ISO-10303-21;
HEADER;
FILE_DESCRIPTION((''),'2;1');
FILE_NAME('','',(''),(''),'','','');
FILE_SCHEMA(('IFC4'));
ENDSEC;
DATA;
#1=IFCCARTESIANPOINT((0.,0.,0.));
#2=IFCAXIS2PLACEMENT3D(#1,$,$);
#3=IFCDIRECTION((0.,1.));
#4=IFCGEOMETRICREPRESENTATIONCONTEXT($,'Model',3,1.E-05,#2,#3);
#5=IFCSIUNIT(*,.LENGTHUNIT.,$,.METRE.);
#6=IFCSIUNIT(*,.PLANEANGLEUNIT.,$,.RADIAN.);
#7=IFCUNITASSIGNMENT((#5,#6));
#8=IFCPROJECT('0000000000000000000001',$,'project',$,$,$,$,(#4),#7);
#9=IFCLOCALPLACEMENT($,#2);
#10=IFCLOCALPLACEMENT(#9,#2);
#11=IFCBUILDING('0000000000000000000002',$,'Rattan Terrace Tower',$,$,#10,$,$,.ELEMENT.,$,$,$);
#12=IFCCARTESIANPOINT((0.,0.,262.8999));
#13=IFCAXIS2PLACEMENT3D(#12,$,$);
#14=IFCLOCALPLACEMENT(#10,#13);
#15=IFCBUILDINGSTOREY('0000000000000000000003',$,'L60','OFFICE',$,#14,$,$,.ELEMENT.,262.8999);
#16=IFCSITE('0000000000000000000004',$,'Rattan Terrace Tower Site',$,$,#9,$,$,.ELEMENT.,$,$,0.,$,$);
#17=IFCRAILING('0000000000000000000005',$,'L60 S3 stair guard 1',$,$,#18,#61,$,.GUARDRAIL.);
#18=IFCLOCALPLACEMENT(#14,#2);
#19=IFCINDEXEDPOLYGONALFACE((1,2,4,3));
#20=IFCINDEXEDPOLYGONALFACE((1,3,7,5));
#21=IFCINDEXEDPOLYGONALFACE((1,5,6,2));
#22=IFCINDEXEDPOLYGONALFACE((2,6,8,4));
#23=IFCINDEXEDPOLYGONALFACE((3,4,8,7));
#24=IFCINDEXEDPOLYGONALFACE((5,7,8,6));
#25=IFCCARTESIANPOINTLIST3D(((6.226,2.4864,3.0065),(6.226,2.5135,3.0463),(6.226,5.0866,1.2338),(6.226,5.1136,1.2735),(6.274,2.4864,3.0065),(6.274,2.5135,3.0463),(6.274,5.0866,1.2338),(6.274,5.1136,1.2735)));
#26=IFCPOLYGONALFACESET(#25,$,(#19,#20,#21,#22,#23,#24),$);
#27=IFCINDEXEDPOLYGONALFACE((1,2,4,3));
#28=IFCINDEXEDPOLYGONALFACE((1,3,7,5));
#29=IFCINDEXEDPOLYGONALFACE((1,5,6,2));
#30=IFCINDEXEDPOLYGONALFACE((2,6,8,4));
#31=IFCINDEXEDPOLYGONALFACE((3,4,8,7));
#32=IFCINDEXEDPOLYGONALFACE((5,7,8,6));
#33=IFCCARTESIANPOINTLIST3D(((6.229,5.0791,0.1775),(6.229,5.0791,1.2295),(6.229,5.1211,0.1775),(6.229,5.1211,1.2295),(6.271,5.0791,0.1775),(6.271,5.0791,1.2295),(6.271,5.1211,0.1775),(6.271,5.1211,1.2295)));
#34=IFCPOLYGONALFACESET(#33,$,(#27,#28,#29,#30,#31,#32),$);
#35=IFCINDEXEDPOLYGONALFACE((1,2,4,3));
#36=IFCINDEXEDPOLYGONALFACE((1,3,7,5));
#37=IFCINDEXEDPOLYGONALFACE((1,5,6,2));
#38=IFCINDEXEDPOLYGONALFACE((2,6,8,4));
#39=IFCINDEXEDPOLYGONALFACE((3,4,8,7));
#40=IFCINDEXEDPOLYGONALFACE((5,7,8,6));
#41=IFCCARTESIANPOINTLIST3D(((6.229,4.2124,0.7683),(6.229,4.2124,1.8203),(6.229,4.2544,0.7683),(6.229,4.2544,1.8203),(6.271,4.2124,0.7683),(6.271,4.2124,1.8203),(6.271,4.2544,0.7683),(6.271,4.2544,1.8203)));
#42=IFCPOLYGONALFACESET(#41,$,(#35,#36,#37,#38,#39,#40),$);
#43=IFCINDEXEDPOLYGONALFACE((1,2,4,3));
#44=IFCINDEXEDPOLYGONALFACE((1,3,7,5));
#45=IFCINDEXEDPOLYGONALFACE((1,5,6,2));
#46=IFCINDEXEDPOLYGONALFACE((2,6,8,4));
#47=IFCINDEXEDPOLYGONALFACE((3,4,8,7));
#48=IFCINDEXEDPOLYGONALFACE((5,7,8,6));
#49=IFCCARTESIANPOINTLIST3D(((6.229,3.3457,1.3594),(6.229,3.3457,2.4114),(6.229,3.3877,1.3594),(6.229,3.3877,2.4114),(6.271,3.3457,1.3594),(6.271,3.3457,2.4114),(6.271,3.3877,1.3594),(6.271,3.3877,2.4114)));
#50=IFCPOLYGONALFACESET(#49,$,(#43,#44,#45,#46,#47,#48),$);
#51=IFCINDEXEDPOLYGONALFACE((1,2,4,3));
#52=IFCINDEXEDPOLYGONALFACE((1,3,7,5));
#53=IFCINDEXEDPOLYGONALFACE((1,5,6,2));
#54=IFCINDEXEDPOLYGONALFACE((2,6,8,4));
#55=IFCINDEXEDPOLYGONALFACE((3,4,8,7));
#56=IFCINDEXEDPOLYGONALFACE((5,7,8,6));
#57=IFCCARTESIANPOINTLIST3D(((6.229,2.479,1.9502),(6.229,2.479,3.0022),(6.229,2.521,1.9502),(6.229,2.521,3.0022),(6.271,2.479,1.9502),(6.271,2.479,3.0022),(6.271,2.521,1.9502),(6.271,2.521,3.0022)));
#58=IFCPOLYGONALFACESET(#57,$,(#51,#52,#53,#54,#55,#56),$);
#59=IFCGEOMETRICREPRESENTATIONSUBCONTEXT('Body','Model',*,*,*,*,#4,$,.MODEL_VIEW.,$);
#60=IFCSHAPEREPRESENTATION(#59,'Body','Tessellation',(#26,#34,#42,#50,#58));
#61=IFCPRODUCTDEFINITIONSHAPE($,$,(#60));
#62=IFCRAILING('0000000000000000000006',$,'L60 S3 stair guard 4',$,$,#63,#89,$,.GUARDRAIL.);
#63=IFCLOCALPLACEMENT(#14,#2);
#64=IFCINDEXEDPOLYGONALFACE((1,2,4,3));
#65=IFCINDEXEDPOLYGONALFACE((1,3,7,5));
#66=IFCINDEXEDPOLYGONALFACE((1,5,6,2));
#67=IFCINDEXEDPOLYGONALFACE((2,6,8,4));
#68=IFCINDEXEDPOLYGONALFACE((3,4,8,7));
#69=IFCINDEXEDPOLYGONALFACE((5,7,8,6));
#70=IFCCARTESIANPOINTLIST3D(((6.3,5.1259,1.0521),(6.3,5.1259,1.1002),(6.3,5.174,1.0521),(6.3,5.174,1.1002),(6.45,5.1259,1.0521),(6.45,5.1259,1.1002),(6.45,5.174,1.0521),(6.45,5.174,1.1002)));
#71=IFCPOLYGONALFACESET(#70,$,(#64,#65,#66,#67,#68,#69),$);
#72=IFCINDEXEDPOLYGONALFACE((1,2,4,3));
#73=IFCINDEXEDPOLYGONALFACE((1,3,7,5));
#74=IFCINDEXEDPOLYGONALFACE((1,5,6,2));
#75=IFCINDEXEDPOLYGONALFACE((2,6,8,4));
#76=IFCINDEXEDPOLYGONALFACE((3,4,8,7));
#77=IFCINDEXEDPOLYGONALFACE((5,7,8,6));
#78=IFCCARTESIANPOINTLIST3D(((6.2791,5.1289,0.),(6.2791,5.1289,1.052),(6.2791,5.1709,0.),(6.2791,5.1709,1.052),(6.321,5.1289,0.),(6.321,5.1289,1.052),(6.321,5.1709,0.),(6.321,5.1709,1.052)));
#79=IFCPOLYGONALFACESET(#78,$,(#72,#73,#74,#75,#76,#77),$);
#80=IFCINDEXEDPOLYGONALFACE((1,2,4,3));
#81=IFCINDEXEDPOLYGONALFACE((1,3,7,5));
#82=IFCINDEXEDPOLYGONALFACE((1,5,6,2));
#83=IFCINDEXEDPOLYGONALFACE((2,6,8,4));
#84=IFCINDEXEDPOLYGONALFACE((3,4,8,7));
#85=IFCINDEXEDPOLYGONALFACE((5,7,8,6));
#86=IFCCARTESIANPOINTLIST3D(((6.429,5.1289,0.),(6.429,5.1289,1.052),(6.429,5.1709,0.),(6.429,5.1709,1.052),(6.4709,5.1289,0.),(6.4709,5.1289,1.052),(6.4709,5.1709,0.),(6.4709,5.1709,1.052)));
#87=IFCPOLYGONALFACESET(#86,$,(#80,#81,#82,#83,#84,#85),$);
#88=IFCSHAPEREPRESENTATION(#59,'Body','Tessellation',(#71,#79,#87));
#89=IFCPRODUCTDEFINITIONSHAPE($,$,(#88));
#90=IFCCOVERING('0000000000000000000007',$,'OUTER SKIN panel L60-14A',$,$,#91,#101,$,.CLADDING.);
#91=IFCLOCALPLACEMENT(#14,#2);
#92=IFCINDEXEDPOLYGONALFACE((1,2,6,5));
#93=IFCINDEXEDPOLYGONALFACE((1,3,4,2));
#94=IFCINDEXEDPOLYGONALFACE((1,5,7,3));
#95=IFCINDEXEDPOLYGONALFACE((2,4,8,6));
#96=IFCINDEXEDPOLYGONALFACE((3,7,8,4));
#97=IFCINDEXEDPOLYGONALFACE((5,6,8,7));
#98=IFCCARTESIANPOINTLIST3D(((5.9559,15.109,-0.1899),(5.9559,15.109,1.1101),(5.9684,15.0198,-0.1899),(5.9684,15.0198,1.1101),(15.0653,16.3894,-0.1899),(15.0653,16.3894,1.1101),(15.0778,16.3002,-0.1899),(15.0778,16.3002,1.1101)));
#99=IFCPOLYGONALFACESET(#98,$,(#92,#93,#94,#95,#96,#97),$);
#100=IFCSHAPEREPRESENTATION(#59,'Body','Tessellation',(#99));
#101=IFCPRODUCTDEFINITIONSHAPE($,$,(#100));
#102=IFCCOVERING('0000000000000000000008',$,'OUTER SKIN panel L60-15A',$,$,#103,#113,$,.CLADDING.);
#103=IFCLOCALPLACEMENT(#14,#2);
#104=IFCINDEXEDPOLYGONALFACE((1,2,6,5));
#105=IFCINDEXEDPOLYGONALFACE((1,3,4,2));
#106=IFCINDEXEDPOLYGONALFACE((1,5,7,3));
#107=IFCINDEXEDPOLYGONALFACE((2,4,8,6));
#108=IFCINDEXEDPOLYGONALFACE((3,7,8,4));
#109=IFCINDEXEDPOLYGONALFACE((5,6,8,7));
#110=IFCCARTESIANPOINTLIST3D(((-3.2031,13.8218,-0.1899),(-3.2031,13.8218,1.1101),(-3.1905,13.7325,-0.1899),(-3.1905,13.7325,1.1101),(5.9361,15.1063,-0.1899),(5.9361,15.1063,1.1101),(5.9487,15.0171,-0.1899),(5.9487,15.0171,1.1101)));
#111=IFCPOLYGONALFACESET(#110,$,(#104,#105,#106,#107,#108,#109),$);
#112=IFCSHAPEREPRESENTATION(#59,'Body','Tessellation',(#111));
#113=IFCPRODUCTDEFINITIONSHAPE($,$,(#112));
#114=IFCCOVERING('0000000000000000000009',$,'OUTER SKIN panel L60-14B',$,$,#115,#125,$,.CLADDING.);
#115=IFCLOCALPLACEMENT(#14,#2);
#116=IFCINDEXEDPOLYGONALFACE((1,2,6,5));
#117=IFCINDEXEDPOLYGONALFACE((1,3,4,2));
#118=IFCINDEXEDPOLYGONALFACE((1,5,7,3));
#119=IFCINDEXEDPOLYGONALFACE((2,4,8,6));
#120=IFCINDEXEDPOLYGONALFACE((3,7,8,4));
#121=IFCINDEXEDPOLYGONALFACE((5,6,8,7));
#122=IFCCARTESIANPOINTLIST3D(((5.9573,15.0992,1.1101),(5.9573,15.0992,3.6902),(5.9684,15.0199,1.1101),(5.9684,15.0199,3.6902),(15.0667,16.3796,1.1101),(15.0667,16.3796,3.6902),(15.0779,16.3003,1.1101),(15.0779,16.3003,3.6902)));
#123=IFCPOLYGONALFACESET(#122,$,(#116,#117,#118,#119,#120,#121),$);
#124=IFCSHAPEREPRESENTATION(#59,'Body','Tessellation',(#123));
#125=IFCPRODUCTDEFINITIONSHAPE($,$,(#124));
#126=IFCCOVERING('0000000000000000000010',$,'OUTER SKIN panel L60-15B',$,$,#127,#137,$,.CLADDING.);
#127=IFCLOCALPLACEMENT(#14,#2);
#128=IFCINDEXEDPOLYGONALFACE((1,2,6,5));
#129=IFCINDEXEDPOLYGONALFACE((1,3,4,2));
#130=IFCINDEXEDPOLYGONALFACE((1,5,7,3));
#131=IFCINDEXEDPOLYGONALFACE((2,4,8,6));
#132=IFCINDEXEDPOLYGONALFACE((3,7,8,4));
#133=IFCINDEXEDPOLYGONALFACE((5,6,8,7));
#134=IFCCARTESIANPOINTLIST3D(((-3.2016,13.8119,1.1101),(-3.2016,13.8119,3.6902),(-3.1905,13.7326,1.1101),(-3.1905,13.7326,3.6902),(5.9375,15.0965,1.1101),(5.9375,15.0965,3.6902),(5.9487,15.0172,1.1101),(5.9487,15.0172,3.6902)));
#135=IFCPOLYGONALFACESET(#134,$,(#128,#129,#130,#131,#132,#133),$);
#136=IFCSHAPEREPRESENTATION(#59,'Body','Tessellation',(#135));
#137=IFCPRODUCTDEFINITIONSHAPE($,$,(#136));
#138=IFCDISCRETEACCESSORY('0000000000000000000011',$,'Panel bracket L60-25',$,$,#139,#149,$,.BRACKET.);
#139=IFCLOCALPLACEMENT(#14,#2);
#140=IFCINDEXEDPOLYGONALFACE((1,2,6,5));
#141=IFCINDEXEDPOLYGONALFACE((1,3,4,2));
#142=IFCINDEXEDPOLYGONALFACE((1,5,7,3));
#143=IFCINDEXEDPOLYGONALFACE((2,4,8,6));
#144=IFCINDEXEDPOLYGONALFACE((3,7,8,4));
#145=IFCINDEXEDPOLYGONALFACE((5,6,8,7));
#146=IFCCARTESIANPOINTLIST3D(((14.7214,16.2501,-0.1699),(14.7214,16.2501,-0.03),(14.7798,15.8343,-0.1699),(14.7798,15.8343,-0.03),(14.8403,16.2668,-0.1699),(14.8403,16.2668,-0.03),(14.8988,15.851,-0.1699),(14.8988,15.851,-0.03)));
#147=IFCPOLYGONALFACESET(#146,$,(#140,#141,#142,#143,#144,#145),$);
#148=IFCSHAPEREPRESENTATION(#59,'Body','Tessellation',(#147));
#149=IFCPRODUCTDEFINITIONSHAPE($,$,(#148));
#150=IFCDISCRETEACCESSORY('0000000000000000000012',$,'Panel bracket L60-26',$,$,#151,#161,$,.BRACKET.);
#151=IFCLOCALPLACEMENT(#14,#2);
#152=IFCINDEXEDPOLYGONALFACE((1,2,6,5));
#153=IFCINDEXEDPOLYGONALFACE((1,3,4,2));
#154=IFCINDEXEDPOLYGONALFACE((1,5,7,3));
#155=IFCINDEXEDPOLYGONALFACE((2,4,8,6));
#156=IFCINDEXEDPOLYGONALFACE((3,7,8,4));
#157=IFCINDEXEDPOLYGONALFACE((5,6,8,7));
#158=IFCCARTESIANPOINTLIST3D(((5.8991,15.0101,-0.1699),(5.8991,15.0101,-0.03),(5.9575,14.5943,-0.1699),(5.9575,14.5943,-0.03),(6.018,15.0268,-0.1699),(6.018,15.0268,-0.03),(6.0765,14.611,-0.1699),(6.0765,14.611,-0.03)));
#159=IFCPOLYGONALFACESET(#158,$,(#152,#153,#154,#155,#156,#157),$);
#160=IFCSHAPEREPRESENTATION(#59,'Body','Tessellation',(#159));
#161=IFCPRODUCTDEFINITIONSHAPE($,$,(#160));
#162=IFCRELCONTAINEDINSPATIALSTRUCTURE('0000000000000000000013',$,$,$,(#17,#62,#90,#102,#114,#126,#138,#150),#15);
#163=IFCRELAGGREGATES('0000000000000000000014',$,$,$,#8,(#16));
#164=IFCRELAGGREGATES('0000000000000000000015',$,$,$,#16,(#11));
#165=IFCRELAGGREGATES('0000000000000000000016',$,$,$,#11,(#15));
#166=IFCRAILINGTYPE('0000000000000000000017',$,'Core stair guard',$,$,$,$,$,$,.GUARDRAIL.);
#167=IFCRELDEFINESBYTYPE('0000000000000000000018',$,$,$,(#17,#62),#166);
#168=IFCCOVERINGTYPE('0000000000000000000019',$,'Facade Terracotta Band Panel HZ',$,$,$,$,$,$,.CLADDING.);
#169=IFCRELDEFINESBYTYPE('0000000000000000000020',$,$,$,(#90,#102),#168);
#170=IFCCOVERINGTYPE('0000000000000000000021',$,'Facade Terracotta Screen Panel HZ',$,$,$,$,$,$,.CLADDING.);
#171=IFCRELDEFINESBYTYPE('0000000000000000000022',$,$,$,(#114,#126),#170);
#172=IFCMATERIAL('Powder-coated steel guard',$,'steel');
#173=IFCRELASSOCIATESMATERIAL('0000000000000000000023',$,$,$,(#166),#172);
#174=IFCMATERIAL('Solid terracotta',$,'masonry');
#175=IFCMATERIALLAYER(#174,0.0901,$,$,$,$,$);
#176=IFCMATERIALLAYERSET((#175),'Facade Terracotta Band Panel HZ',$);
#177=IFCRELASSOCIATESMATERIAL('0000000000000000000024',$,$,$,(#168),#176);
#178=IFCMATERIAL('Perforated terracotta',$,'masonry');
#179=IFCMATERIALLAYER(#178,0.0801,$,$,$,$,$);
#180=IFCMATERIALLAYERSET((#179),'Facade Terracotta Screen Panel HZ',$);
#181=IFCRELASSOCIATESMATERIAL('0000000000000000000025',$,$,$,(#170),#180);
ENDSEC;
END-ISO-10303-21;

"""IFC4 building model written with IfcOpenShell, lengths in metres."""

from ifc_helpers import new_model, si_unit, direction, frame, origin, origin_2d, place, context, subcontext, project, spatial, rectangle, extrude, material, layer, layer_set, type_object, element, save


model = new_model("IFC4")

# Units and contexts
model_context = context("Model", 3, precision=1e-05, world=origin(), true_north=direction((0.0, 1.0)))
body_context = subcontext(model_context, "Body", "Model", "MODEL_VIEW")
ifc_project = project(units=[si_unit("LENGTHUNIT", "METRE"), si_unit("PLANEANGLEUNIT", "RADIAN")], contexts=[model_context])

# Site, building, storey
site_placement = place(None, origin())
site = spatial("IfcSite", under=ifc_project, at=site_placement, Name="Rattan Terrace Tower Site", CompositionType="ELEMENT", RefElevation=0.0)
building_placement = place(site_placement, origin())
building = spatial("IfcBuilding", under=site, at=building_placement, Name="Rattan Terrace Tower", CompositionType="ELEMENT")
storey_placement = place(building_placement, frame((0.0, 0.0, 262.8999)))
storey = spatial("IfcBuildingStorey", under=building, at=storey_placement, Name="L60", Description="OFFICE", CompositionType="ELEMENT", Elevation=262.8999)

# Railings
ifc_material_1 = material(Name="Powder-coated steel guard", Category="steel")
railing_type = type_object("IfcRailingType", Name="Core stair guard", PredefinedType="GUARDRAIL", material=ifc_material_1)
railing_1_placement = place(storey_placement, frame((6.25, 5.1001, 0.1775)))
element("IfcRailing", 1, at=railing_1_placement, inside=storey, type_object=railing_type, Name="L60 S3 stair guard 1", PredefinedType="GUARDRAIL", context=body_context, shape_type="SweptSolid", body=[
    extrude(rectangle(XDim=0.0481, YDim=0.0481, at=origin_2d()), frame((0.0, 0.0, 1.0762), z_axis=(0.0, -0.82624, 0.563318), x_axis=(1.0, 0.0, 0.0)), (0.0, 0.0, 1.0), 3.147),
    extrude(rectangle(XDim=0.042, YDim=0.042, at=origin_2d()), origin(), (0.0, 0.0, 1.0), 1.052),
    extrude(rectangle(XDim=0.042, YDim=0.042, at=origin_2d()), frame((0.0, -0.8667, 0.5908)), (0.0, 0.0, 1.0), 1.052),
    extrude(rectangle(XDim=0.042, YDim=0.042, at=origin_2d()), frame((0.0, -1.7334, 1.1819)), (0.0, 0.0, 1.0), 1.052),
    extrude(rectangle(XDim=0.042, YDim=0.042, at=origin_2d()), frame((0.0, -2.6001, 1.7727)), (0.0, 0.0, 1.0), 1.052),
])
railing_2_placement = place(storey_placement, frame((6.3, 5.1499, 0.0)))
element("IfcRailing", 2, at=railing_2_placement, inside=storey, type_object=railing_type, Name="L60 S3 stair guard 4", PredefinedType="GUARDRAIL", context=body_context, shape_type="SweptSolid", body=[
    extrude(rectangle(XDim=0.0481, YDim=0.0481, at=origin_2d()), frame((0.0, 0.0, 1.0762), z_axis=(1.0, 0.0, 0.0), x_axis=(0.0, 1.0, 0.0)), (0.0, 0.0, 1.0), 0.1499),
    extrude(rectangle(XDim=0.042, YDim=0.042, at=origin_2d()), origin(), (0.0, 0.0, 1.0), 1.052),
    extrude(rectangle(XDim=0.042, YDim=0.042, at=origin_2d()), frame((0.1499, 0.0, 0.0)), (0.0, 0.0, 1.0), 1.052),
])

# Coverings
ifc_material_2 = material(Name="Solid terracotta", Category="masonry")
ifc_layer_1 = layer(ifc_material_2, 0.0901)
ifc_layer_set_1 = layer_set([ifc_layer_1], Name="Facade Terracotta Band Panel HZ")
covering_type_1 = type_object("IfcCoveringType", Name="Facade Terracotta Band Panel HZ", PredefinedType="CLADDING", material=ifc_layer_set_1)
covering_1_placement = place(storey_placement, frame((10.5168, 15.7046, -0.1899), z_axis=(0.0, 0.0, 1.0), x_axis=(-0.990266, -0.139189, 0.0)))
element("IfcCovering", 3, at=covering_1_placement, inside=storey, type_object=covering_type_1, Name="OUTER SKIN panel L60-14A", PredefinedType="CLADDING", context=body_context, shape_type="SweptSolid", body=[
    extrude(rectangle(XDim=9.199, YDim=0.0901, at=origin_2d()), origin(), (0.0, 0.0, 1.0), 1.3),
])
covering_2_placement = place(storey_placement, frame((1.3728, 14.4194, -0.1899), z_axis=(0.0, 0.0, 1.0), x_axis=(-0.990266, -0.139189, 0.0)))
element("IfcCovering", 4, at=covering_2_placement, inside=storey, type_object=covering_type_1, Name="OUTER SKIN panel L60-15A", PredefinedType="CLADDING", context=body_context, shape_type="SweptSolid", body=[
    extrude(rectangle(XDim=9.229, YDim=0.0901, at=origin_2d()), origin(), (0.0, 0.0, 1.0), 1.3),
])
ifc_material_3 = material(Name="Perforated terracotta", Category="masonry")
ifc_layer_2 = layer(ifc_material_3, 0.0801)
ifc_layer_set_2 = layer_set([ifc_layer_2], Name="Facade Terracotta Screen Panel HZ")
covering_type_2 = type_object("IfcCoveringType", Name="Facade Terracotta Screen Panel HZ", PredefinedType="CLADDING", material=ifc_layer_set_2)
covering_3_placement = place(storey_placement, frame((10.5176, 15.6997, 1.1101), z_axis=(0.0, 0.0, 1.0), x_axis=(-0.990266, -0.139189, 0.0)))
element("IfcCovering", 5, at=covering_3_placement, inside=storey, type_object=covering_type_2, Name="OUTER SKIN panel L60-14B", PredefinedType="CLADDING", context=body_context, shape_type="SweptSolid", body=[
    extrude(rectangle(XDim=9.199, YDim=0.0801, at=origin_2d()), origin(), (0.0, 0.0, 1.0), 2.5801),
])
covering_4_placement = place(storey_placement, frame((1.3735, 14.4146, 1.1101), z_axis=(0.0, 0.0, 1.0), x_axis=(-0.990266, -0.139189, 0.0)))
element("IfcCovering", 6, at=covering_4_placement, inside=storey, type_object=covering_type_2, Name="OUTER SKIN panel L60-15B", PredefinedType="CLADDING", context=body_context, shape_type="SweptSolid", body=[
    extrude(rectangle(XDim=9.229, YDim=0.0801, at=origin_2d()), origin(), (0.0, 0.0, 1.0), 2.5801),
])

# Discrete accessories
for number, where, z_axis, x_axis, name in (
    (7, (14.8101, 16.0505, -0.1699), (0.0, 0.0, 1.0), (-0.990266, -0.139189, 0.0), "Panel bracket L60-25"),
    (8, (5.9878, 14.8105, -0.1699), (0.0, 0.0, 1.0), (-0.990266, -0.139189, 0.0), "Panel bracket L60-26"),
):
    element("IfcDiscreteAccessory", number, at=place(storey_placement, frame(where, z_axis=z_axis, x_axis=x_axis)), inside=storey, Name=name, PredefinedType="BRACKET", context=body_context, shape_type="SweptSolid", body=[
        extrude(rectangle(XDim=0.1201, YDim=0.4199, at=origin_2d()), origin(), (0.0, 0.0, 1.0), 0.1399),
    ])

save(model, "model.ifc")
